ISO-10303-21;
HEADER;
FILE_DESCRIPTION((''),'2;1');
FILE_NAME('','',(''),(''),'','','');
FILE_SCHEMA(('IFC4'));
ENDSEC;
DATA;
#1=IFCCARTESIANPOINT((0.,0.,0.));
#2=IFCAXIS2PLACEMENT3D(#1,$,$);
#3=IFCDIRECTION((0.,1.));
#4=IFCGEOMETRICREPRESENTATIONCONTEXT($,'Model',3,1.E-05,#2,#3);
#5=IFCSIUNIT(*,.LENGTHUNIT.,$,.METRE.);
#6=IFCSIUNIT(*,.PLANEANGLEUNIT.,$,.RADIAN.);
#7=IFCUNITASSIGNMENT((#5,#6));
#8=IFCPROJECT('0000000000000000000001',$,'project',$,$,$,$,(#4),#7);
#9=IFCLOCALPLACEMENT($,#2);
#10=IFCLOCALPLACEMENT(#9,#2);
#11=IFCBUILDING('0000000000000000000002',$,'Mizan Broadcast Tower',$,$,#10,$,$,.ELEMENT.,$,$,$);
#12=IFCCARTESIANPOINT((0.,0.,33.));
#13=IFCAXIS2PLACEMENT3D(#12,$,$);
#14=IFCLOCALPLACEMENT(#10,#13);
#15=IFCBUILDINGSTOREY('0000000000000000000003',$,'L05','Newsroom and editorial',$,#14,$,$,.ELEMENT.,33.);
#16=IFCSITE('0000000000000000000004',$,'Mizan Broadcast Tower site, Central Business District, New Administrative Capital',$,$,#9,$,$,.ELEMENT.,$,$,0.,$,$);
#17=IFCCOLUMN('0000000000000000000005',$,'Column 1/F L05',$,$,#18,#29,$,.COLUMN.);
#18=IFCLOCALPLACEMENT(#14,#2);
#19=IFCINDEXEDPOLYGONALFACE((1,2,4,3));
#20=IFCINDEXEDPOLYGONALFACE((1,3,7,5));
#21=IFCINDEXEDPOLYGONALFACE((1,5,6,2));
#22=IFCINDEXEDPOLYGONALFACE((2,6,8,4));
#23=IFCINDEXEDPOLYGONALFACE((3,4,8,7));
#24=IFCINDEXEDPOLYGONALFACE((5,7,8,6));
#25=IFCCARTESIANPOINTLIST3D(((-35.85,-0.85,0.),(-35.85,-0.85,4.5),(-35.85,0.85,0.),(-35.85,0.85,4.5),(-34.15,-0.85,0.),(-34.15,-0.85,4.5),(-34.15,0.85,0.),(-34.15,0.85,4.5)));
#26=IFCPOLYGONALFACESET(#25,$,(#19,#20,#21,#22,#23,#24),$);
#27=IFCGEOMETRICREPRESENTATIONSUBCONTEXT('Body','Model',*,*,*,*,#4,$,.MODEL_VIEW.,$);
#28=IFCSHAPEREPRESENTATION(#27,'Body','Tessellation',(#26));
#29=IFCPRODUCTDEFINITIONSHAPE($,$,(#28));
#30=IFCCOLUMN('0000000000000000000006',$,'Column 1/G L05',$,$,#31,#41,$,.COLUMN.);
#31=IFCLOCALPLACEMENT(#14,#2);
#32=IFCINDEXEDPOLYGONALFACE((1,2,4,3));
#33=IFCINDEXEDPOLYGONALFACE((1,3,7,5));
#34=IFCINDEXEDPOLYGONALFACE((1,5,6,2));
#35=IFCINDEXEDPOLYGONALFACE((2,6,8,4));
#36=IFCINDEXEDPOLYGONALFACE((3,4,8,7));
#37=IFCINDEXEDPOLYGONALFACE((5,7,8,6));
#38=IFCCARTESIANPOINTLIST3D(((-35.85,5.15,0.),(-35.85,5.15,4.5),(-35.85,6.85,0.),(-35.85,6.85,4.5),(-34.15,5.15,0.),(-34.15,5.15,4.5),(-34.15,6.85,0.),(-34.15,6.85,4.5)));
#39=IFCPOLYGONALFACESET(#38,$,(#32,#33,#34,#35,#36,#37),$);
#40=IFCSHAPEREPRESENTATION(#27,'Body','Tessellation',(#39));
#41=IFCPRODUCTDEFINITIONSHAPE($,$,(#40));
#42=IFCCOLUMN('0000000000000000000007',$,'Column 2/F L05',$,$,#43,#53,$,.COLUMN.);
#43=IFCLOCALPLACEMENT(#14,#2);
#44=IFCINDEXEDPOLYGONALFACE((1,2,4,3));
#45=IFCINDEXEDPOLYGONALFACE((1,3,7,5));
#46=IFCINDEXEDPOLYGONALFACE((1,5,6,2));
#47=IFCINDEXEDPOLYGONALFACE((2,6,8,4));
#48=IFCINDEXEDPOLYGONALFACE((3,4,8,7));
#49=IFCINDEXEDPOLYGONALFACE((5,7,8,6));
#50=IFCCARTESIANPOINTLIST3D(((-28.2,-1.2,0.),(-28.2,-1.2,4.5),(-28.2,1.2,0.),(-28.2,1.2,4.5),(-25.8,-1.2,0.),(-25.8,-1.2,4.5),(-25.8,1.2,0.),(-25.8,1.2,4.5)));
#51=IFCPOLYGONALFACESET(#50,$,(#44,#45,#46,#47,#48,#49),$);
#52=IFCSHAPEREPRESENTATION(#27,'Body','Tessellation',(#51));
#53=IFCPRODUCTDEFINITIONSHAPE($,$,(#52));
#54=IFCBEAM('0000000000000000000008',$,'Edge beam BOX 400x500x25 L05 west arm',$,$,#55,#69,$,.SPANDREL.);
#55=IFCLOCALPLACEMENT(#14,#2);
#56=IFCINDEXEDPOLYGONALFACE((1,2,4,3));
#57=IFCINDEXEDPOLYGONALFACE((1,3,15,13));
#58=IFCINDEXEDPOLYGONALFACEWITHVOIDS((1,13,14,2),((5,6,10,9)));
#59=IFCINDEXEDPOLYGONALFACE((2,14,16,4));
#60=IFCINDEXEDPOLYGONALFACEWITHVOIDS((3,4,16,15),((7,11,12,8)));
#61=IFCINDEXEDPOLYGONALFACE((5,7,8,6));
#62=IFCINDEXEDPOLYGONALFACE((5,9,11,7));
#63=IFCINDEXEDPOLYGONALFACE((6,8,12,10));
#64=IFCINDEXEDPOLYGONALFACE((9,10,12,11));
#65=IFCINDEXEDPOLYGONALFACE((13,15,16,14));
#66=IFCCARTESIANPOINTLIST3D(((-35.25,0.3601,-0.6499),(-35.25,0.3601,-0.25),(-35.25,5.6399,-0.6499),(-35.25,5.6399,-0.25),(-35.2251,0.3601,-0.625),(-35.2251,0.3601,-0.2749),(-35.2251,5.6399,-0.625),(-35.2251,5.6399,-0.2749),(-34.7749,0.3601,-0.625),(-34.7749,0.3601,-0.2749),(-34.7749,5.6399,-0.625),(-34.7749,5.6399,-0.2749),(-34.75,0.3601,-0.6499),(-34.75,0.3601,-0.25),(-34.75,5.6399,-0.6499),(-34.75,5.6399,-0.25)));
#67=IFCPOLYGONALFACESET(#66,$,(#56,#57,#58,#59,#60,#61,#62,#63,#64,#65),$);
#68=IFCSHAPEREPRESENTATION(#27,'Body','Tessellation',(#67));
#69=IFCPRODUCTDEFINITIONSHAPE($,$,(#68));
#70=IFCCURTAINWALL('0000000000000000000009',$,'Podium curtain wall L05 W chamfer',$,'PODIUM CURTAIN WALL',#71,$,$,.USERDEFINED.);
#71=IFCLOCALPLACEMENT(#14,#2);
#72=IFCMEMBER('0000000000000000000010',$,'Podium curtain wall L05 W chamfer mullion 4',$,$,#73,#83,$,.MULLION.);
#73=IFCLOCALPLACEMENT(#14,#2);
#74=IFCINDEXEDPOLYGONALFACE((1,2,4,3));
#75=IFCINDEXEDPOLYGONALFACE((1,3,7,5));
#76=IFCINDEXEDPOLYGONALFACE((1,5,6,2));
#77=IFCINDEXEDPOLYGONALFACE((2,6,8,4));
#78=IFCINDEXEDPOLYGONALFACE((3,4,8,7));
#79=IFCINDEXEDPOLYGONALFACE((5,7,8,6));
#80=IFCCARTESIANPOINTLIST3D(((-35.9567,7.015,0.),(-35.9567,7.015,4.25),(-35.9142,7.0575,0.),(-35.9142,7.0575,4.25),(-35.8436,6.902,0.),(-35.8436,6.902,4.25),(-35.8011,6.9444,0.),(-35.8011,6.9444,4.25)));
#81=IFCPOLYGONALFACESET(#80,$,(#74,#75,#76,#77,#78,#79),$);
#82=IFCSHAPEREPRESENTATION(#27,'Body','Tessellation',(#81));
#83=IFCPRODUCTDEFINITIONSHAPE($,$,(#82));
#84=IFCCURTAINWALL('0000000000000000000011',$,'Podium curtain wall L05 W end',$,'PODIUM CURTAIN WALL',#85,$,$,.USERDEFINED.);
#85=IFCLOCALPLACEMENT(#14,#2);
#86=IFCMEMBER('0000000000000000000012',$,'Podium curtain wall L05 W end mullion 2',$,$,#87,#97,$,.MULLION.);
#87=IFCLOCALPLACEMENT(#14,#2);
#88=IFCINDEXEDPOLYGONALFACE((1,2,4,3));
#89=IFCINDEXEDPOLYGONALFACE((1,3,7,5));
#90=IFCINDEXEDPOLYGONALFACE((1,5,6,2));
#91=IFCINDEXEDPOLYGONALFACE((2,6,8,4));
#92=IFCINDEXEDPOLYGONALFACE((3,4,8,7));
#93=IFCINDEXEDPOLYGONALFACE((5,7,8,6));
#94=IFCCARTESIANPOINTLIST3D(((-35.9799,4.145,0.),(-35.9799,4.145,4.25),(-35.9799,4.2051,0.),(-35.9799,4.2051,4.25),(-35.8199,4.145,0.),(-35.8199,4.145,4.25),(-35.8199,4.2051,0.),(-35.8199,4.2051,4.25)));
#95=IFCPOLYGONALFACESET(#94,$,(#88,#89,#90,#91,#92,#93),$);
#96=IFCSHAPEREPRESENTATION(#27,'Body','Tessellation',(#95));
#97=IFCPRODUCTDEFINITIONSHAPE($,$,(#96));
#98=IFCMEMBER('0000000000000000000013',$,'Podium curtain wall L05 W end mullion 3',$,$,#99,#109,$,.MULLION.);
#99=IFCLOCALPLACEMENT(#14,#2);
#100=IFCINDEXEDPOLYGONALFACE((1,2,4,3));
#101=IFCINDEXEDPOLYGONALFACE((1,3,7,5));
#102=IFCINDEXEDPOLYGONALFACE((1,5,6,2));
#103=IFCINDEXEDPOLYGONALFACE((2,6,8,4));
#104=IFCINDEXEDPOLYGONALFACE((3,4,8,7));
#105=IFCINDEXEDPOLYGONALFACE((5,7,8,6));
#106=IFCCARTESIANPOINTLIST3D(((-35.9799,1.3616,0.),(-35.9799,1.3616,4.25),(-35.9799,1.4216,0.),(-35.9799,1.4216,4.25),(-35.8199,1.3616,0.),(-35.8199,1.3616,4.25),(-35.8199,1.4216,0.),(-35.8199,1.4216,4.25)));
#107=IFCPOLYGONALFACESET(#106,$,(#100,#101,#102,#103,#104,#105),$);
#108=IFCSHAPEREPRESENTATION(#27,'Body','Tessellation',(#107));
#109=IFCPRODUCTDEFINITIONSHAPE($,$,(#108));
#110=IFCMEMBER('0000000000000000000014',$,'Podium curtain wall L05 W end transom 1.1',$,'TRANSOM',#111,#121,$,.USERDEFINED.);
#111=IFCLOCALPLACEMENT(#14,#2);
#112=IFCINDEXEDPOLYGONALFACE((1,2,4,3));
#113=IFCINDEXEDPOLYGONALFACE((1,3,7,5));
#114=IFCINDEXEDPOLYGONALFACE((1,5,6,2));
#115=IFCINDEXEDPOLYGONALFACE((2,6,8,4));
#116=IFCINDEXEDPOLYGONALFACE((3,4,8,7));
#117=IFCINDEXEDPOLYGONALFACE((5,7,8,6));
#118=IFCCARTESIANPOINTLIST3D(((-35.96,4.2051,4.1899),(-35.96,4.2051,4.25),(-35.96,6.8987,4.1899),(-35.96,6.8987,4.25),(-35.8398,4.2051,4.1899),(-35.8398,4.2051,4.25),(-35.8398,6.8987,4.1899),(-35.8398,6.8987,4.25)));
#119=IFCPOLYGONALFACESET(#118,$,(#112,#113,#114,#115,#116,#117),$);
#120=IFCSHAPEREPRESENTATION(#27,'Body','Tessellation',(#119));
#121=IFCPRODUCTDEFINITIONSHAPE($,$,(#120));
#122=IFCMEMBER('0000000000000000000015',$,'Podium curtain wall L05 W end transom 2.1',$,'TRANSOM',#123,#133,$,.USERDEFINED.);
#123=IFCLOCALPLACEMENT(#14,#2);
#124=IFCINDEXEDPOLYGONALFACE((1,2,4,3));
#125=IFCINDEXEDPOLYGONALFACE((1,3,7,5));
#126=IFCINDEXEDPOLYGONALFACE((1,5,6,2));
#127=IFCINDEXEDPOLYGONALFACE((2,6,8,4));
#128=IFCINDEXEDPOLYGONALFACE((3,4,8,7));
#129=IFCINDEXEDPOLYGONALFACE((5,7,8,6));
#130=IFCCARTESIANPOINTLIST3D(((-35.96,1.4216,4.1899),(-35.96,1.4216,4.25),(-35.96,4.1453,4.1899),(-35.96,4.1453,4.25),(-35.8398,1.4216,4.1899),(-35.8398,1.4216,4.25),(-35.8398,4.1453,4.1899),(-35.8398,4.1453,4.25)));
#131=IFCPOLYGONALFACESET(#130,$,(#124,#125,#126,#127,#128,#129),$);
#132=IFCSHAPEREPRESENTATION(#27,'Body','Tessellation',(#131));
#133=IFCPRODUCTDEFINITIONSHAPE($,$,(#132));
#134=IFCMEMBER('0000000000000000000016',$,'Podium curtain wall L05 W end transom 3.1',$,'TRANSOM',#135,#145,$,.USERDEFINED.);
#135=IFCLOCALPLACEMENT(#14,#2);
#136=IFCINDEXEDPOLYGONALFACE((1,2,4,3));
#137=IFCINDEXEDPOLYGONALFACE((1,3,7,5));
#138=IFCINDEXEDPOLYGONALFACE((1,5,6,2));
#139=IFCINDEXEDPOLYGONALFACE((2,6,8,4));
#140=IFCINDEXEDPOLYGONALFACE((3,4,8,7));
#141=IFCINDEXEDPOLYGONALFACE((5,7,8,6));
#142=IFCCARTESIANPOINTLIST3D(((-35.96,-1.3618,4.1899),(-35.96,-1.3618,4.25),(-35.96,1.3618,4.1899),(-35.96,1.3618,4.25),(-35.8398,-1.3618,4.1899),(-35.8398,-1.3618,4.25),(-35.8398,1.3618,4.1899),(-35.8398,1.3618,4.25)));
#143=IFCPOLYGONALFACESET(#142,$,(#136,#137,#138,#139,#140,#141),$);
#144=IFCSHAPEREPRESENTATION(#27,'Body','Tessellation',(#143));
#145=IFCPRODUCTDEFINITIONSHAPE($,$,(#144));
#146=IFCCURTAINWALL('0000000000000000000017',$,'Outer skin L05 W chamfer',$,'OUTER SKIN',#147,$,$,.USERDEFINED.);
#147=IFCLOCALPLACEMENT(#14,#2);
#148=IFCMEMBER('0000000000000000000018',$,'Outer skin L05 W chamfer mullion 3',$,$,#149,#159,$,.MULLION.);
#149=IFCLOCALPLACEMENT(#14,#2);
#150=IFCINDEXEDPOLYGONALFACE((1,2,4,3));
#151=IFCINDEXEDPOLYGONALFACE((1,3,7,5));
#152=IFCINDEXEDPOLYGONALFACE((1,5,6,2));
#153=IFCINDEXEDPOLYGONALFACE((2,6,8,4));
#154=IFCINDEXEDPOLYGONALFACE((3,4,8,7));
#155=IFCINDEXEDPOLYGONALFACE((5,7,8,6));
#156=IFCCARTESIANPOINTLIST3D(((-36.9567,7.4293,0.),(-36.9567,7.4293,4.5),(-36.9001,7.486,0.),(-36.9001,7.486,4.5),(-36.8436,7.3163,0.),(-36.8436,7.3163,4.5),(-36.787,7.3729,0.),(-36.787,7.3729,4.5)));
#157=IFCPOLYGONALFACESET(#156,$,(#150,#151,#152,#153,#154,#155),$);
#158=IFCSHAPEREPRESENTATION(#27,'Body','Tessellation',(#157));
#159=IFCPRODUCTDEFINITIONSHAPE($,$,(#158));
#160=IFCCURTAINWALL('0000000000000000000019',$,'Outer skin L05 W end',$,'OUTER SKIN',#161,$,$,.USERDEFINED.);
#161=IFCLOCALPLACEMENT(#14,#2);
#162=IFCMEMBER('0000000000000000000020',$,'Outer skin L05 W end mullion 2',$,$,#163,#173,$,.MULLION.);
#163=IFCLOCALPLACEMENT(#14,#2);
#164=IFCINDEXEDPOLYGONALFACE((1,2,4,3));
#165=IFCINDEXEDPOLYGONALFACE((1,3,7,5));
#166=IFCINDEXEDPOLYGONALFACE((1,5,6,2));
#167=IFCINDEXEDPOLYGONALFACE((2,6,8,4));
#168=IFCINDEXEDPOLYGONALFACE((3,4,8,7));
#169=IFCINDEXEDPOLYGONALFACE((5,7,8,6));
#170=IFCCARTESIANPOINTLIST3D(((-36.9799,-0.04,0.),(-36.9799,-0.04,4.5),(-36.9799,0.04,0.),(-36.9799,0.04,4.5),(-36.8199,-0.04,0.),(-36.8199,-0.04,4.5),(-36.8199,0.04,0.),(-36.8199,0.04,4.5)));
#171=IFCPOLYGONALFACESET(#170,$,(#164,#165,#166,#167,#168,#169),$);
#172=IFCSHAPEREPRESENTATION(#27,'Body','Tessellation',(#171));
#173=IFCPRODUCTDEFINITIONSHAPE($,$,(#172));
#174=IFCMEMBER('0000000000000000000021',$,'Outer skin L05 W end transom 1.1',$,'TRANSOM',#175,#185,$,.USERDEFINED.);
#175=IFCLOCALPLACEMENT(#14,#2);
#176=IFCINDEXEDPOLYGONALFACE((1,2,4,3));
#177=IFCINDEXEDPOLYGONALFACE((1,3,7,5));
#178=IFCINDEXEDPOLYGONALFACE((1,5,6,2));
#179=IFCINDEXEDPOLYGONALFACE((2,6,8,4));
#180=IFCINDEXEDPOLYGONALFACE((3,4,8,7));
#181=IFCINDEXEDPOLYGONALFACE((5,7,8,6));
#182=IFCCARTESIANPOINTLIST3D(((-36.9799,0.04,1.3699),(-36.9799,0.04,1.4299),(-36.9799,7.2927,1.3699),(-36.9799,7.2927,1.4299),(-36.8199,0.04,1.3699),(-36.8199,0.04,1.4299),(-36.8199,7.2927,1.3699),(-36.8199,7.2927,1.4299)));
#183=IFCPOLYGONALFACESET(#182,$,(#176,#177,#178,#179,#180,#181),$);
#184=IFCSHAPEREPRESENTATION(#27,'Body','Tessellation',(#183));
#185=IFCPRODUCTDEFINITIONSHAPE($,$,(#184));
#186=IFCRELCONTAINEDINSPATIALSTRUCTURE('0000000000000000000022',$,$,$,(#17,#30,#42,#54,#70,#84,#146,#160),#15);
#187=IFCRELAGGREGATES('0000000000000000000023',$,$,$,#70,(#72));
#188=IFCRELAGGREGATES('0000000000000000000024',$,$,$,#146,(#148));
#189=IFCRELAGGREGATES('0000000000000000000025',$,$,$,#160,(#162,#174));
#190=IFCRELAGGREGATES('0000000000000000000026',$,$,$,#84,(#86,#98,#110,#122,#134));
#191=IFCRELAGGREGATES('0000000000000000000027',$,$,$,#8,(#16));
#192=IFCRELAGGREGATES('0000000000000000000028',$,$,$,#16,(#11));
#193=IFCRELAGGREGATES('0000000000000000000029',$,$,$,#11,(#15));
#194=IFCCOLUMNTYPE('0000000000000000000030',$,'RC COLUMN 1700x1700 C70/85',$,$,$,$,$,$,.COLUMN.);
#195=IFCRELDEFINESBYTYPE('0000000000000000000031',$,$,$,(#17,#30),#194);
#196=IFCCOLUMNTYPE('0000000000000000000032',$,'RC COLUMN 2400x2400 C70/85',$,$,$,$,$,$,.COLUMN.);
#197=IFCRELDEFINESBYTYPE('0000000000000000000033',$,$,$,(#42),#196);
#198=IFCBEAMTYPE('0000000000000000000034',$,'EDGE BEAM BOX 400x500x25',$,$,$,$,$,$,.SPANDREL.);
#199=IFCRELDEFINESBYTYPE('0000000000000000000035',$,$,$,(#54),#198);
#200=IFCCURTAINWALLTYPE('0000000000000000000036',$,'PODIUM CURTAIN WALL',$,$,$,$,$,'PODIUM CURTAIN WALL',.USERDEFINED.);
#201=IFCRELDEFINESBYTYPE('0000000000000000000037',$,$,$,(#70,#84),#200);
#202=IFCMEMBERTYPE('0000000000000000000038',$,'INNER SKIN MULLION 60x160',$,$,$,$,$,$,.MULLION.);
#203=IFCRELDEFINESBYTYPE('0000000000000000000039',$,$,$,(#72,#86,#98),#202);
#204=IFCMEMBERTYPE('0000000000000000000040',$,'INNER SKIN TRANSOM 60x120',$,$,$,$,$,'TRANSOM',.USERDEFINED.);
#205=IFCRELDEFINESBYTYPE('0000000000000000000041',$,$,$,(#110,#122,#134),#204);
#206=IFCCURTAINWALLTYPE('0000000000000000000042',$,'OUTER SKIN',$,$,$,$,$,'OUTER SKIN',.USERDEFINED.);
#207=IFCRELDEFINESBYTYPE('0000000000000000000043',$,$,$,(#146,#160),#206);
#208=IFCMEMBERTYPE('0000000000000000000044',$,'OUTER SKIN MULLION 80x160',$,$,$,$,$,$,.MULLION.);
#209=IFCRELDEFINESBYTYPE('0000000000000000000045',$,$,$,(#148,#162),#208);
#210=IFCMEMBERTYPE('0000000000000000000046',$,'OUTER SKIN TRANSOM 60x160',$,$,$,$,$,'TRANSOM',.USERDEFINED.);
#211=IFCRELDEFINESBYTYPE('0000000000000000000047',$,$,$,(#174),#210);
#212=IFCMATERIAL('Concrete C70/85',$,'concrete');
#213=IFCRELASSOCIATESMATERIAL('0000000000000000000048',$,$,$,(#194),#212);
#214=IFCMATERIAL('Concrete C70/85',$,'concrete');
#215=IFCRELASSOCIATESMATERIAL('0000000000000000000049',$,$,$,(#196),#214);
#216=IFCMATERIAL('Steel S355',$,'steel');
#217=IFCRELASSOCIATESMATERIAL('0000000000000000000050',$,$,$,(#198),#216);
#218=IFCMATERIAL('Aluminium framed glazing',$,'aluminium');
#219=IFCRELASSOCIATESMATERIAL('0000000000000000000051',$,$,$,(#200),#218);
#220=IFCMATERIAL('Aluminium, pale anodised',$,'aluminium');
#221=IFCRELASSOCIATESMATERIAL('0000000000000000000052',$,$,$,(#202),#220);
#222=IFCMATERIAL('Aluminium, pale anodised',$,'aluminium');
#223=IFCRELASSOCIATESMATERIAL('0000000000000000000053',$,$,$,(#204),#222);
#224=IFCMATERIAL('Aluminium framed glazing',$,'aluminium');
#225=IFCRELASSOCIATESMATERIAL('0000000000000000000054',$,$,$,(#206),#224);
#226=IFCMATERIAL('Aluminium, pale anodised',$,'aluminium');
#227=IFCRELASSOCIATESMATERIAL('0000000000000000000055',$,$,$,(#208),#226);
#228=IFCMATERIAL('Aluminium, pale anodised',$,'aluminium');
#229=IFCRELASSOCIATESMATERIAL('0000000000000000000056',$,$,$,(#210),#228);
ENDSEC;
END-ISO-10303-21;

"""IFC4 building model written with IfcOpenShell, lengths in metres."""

from ifc_helpers import new_model, si_unit, direction, frame, origin, origin_2d, place, context, subcontext, project, spatial, rectangle, hollow_rectangle, extrude, material, material_profile, profile_set, type_object, element, aggregate, save


model = new_model("IFC4")

# Units and contexts
model_context = context("Model", 3, precision=1e-05, world=origin(), true_north=direction((0.0, 1.0)))
body_context = subcontext(model_context, "Body", "Model", "MODEL_VIEW")
ifc_project = project(units=[si_unit("LENGTHUNIT", "METRE"), si_unit("PLANEANGLEUNIT", "RADIAN")], contexts=[model_context])

# Site, building, storey
site_placement = place(None, origin())
site = spatial("IfcSite", under=ifc_project, at=site_placement, Name="Mizan Broadcast Tower site, Central Business District, New Administrative Capital", CompositionType="ELEMENT", RefElevation=0.0)
building_placement = place(site_placement, origin())
building = spatial("IfcBuilding", under=site, at=building_placement, Name="Mizan Broadcast Tower", CompositionType="ELEMENT")
storey_placement = place(building_placement, frame((0.0, 0.0, 33.0)))
storey = spatial("IfcBuildingStorey", under=building, at=storey_placement, Name="L05", Description="Newsroom and editorial", CompositionType="ELEMENT", Elevation=33.0)

# Columns
ifc_material_1 = material(Name="Concrete C70/85", Category="concrete")
ifc_material_profile_1 = material_profile(ifc_material_1, rectangle(XDim=1.7, YDim=1.7, at=origin_2d()), Name="RC 1700x1700")
ifc_profile_set_1 = profile_set([ifc_material_profile_1], Name="Concrete C70/85")
column_type_1 = type_object("IfcColumnType", Name="RC COLUMN 1700x1700 C70/85", PredefinedType="COLUMN", material=ifc_profile_set_1)
for number, where, z_axis, x_axis, name in (
    (1, (-35.0, 0.0, 0.0), (0.0, 0.0, 1.0), (1.0, 0.0, 0.0), "Column 1/F L05"),
    (2, (-35.0, 6.0, 0.0), (0.0, 0.0, 1.0), (1.0, 0.0, 0.0), "Column 1/G L05"),
):
    element("IfcColumn", number, at=place(storey_placement, frame(where, z_axis=z_axis, x_axis=x_axis)), inside=storey, type_object=column_type_1, Name=name, PredefinedType="COLUMN", context=body_context, shape_type="SweptSolid", body=[
        extrude(rectangle(XDim=1.7, YDim=1.7, at=origin_2d()), origin(), (0.0, 0.0, 1.0), 4.5),
    ])
ifc_material_2 = material(Name="Concrete C70/85", Category="concrete")
ifc_material_profile_2 = material_profile(ifc_material_2, rectangle(XDim=2.3999, YDim=2.3999, at=origin_2d()), Name="RC 2400x2400")
ifc_profile_set_2 = profile_set([ifc_material_profile_2], Name="Concrete C70/85")
column_type_2 = type_object("IfcColumnType", Name="RC COLUMN 2400x2400 C70/85", PredefinedType="COLUMN", material=ifc_profile_set_2)
column_placement = place(storey_placement, frame((-27.0, 0.0, 0.0), z_axis=(0.0, 0.0, 1.0), x_axis=(1.0, 0.0, 0.0)))
element("IfcColumn", 3, at=column_placement, inside=storey, type_object=column_type_2, Name="Column 2/F L05", PredefinedType="COLUMN", context=body_context, shape_type="SweptSolid", body=[
    extrude(rectangle(XDim=2.3999, YDim=2.3999, at=origin_2d()), origin(), (0.0, 0.0, 1.0), 4.5),
])

# Beam
ifc_material_3 = material(Name="Steel S355", Category="steel")
ifc_material_profile_3 = material_profile(ifc_material_3, hollow_rectangle(XDim=0.5, YDim=0.3999, WallThickness=0.0249, at=origin_2d()), Name="BOX 400x500x25")
ifc_profile_set_3 = profile_set([ifc_material_profile_3], Name="Steel S355")
beam_type_1 = type_object("IfcBeamType", Name="EDGE BEAM BOX 400x500x25", PredefinedType="SPANDREL", material=ifc_profile_set_3)
beam_1_placement = place(storey_placement, frame((-35.0, 5.6399, -0.45), z_axis=(0.0, -1.0, 0.0), x_axis=(1.0, 0.0, 0.0)))
element("IfcBeam", 4, at=beam_1_placement, inside=storey, type_object=beam_type_1, Name="Edge beam BOX 400x500x25 L05 west arm", PredefinedType="SPANDREL", context=body_context, shape_type="SweptSolid", body=[
    extrude(hollow_rectangle(XDim=0.5, YDim=0.3999, WallThickness=0.0249, at=origin_2d()), origin(), (0.0, 0.0, 1.0), 5.2798),
])

# Curtain wall, member
ifc_material_4 = material(Name="Aluminium framed glazing", Category="aluminium")
curtain_wall_type_1 = type_object("IfcCurtainWallType", Name="PODIUM CURTAIN WALL", ElementType="PODIUM CURTAIN WALL", PredefinedType="USERDEFINED", material=ifc_material_4)
curtain_wall_1_placement = place(storey_placement, origin())
curtain_wall_1 = element("IfcCurtainWall", 5, at=curtain_wall_1_placement, inside=storey, type_object=curtain_wall_type_1, Name="Podium curtain wall L05 W chamfer", ObjectType="PODIUM CURTAIN WALL", PredefinedType="USERDEFINED")
ifc_material_5 = material(Name="Aluminium, pale anodised", Category="aluminium")
ifc_material_profile_4 = material_profile(ifc_material_5, rectangle(XDim=0.1599, YDim=0.0601, at=origin_2d()), Name="MULLION 160x60")
ifc_profile_set_4 = profile_set([ifc_material_profile_4], Name="Aluminium, pale anodised")
member_type_1 = type_object("IfcMemberType", Name="INNER SKIN MULLION 60x160", PredefinedType="MULLION", material=ifc_profile_set_4)
member_1_placement = place(storey_placement, frame((-35.8789, 6.9797, 0.0), z_axis=(0.0, 0.0, 1.0), x_axis=(0.707107, -0.707107, 0.0)))
member_1 = element("IfcMember", 6, at=member_1_placement, type_object=member_type_1, Name="Podium curtain wall L05 W chamfer mullion 4", PredefinedType="MULLION", context=body_context, shape_type="SweptSolid", body=[
    extrude(rectangle(XDim=0.1599, YDim=0.0601, at=origin_2d()), origin(), (0.0, 0.0, 1.0), 4.25),
])
aggregate(curtain_wall_1, [member_1])

# Curtain wall, members
curtain_wall_2_placement = place(storey_placement, origin())
curtain_wall_2 = element("IfcCurtainWall", 7, at=curtain_wall_2_placement, inside=storey, type_object=curtain_wall_type_1, Name="Podium curtain wall L05 W end", ObjectType="PODIUM CURTAIN WALL", PredefinedType="USERDEFINED")
member_2_placement = place(storey_placement, frame((-35.8999, 4.175, 0.0), z_axis=(0.0, 0.0, 1.0), x_axis=(1.0, 0.0, 0.0)))
member_2 = element("IfcMember", 8, at=member_2_placement, type_object=member_type_1, Name="Podium curtain wall L05 W end mullion 2", PredefinedType="MULLION", context=body_context, shape_type="SweptSolid", body=[
    extrude(rectangle(XDim=0.1599, YDim=0.0601, at=origin_2d()), origin(), (0.0, 0.0, 1.0), 4.25),
])
member_3_placement = place(storey_placement, frame((-35.8999, 1.3916, 0.0), z_axis=(0.0, 0.0, 1.0), x_axis=(1.0, 0.0, 0.0)))
member_3 = element("IfcMember", 9, at=member_3_placement, type_object=member_type_1, Name="Podium curtain wall L05 W end mullion 3", PredefinedType="MULLION", context=body_context, shape_type="SweptSolid", body=[
    extrude(rectangle(XDim=0.1599, YDim=0.0601, at=origin_2d()), origin(), (0.0, 0.0, 1.0), 4.25),
])
ifc_material_6 = material(Name="Aluminium, pale anodised", Category="aluminium")
ifc_material_profile_5 = material_profile(ifc_material_6, rectangle(XDim=0.1201, YDim=0.0601, at=origin_2d()), Name="TRANSOM 120x60")
ifc_profile_set_5 = profile_set([ifc_material_profile_5], Name="Aluminium, pale anodised")
member_type_2 = type_object("IfcMemberType", Name="INNER SKIN TRANSOM 60x120", ElementType="TRANSOM", PredefinedType="USERDEFINED", material=ifc_profile_set_5)
member_4_placement = place(storey_placement, frame((-35.8999, 6.8987, 4.22), z_axis=(0.0, -1.0, 0.0), x_axis=(1.0, 0.0, 0.0)))
member_4 = element("IfcMember", 10, at=member_4_placement, type_object=member_type_2, Name="Podium curtain wall L05 W end transom 1.1", ObjectType="TRANSOM", PredefinedType="USERDEFINED", context=body_context, shape_type="SweptSolid", body=[
    extrude(rectangle(XDim=0.1201, YDim=0.0601, at=origin_2d()), origin(), (0.0, 0.0, 1.0), 2.6936),
])
member_5_placement = place(storey_placement, frame((-35.8999, 4.1453, 4.22), z_axis=(0.0, -1.0, 0.0), x_axis=(1.0, 0.0, 0.0)))
member_5 = element("IfcMember", 11, at=member_5_placement, type_object=member_type_2, Name="Podium curtain wall L05 W end transom 2.1", ObjectType="TRANSOM", PredefinedType="USERDEFINED", context=body_context, shape_type="SweptSolid", body=[
    extrude(rectangle(XDim=0.1201, YDim=0.0601, at=origin_2d()), origin(), (0.0, 0.0, 1.0), 2.7236),
])
member_6_placement = place(storey_placement, frame((-35.8999, 1.3618, 4.22), z_axis=(0.0, -1.0, 0.0), x_axis=(1.0, 0.0, 0.0)))
member_6 = element("IfcMember", 12, at=member_6_placement, type_object=member_type_2, Name="Podium curtain wall L05 W end transom 3.1", ObjectType="TRANSOM", PredefinedType="USERDEFINED", context=body_context, shape_type="SweptSolid", body=[
    extrude(rectangle(XDim=0.1201, YDim=0.0601, at=origin_2d()), origin(), (0.0, 0.0, 1.0), 2.7236),
])

# Curtain wall, member
ifc_material_7 = material(Name="Aluminium framed glazing", Category="aluminium")
curtain_wall_type_2 = type_object("IfcCurtainWallType", Name="OUTER SKIN", ElementType="OUTER SKIN", PredefinedType="USERDEFINED", material=ifc_material_7)
curtain_wall_3_placement = place(storey_placement, origin())
curtain_wall_3 = element("IfcCurtainWall", 13, at=curtain_wall_3_placement, inside=storey, type_object=curtain_wall_type_2, Name="Outer skin L05 W chamfer", ObjectType="OUTER SKIN", PredefinedType="USERDEFINED")
ifc_material_8 = material(Name="Aluminium, pale anodised", Category="aluminium")
ifc_material_profile_6 = material_profile(ifc_material_8, rectangle(XDim=0.1599, YDim=0.0801, at=origin_2d()), Name="MULLION 160x80")
ifc_profile_set_6 = profile_set([ifc_material_profile_6], Name="Aluminium, pale anodised")
member_type_3 = type_object("IfcMemberType", Name="OUTER SKIN MULLION 80x160", PredefinedType="MULLION", material=ifc_profile_set_6)
member_7_placement = place(storey_placement, frame((-36.8718, 7.4011, 0.0), z_axis=(0.0, 0.0, 1.0), x_axis=(0.707107, -0.707107, 0.0)))
member_7 = element("IfcMember", 14, at=member_7_placement, type_object=member_type_3, Name="Outer skin L05 W chamfer mullion 3", PredefinedType="MULLION", context=body_context, shape_type="SweptSolid", body=[
    extrude(rectangle(XDim=0.1599, YDim=0.0801, at=origin_2d()), origin(), (0.0, 0.0, 1.0), 4.5),
])
aggregate(curtain_wall_3, [member_7])

# Curtain wall, members
curtain_wall_4_placement = place(storey_placement, origin())
curtain_wall_4 = element("IfcCurtainWall", 15, at=curtain_wall_4_placement, inside=storey, type_object=curtain_wall_type_2, Name="Outer skin L05 W end", ObjectType="OUTER SKIN", PredefinedType="USERDEFINED")
member_8_placement = place(storey_placement, frame((-36.8999, 0.0, 0.0), z_axis=(0.0, 0.0, 1.0), x_axis=(1.0, 0.0, 0.0)))
member_8 = element("IfcMember", 16, at=member_8_placement, type_object=member_type_3, Name="Outer skin L05 W end mullion 2", PredefinedType="MULLION", context=body_context, shape_type="SweptSolid", body=[
    extrude(rectangle(XDim=0.1599, YDim=0.0801, at=origin_2d()), origin(), (0.0, 0.0, 1.0), 4.5),
])
ifc_material_9 = material(Name="Aluminium, pale anodised", Category="aluminium")
ifc_material_profile_7 = material_profile(ifc_material_9, rectangle(XDim=0.1599, YDim=0.0601, at=origin_2d()), Name="TRANSOM 160x60")
ifc_profile_set_7 = profile_set([ifc_material_profile_7], Name="Aluminium, pale anodised")
member_type_4 = type_object("IfcMemberType", Name="OUTER SKIN TRANSOM 60x160", ElementType="TRANSOM", PredefinedType="USERDEFINED", material=ifc_profile_set_7)
member_9_placement = place(storey_placement, frame((-36.8999, 7.2927, 1.3999), z_axis=(0.0, -1.0, 0.0), x_axis=(1.0, 0.0, 0.0)))
member_9 = element("IfcMember", 17, at=member_9_placement, type_object=member_type_4, Name="Outer skin L05 W end transom 1.1", ObjectType="TRANSOM", PredefinedType="USERDEFINED", context=body_context, shape_type="SweptSolid", body=[
    extrude(rectangle(XDim=0.1599, YDim=0.0601, at=origin_2d()), origin(), (0.0, 0.0, 1.0), 7.2527),
])

aggregate(curtain_wall_4, [member_8, member_9])
aggregate(curtain_wall_2, [member_2, member_3, member_4, member_5, member_6])

save(model, "model.ifc")
